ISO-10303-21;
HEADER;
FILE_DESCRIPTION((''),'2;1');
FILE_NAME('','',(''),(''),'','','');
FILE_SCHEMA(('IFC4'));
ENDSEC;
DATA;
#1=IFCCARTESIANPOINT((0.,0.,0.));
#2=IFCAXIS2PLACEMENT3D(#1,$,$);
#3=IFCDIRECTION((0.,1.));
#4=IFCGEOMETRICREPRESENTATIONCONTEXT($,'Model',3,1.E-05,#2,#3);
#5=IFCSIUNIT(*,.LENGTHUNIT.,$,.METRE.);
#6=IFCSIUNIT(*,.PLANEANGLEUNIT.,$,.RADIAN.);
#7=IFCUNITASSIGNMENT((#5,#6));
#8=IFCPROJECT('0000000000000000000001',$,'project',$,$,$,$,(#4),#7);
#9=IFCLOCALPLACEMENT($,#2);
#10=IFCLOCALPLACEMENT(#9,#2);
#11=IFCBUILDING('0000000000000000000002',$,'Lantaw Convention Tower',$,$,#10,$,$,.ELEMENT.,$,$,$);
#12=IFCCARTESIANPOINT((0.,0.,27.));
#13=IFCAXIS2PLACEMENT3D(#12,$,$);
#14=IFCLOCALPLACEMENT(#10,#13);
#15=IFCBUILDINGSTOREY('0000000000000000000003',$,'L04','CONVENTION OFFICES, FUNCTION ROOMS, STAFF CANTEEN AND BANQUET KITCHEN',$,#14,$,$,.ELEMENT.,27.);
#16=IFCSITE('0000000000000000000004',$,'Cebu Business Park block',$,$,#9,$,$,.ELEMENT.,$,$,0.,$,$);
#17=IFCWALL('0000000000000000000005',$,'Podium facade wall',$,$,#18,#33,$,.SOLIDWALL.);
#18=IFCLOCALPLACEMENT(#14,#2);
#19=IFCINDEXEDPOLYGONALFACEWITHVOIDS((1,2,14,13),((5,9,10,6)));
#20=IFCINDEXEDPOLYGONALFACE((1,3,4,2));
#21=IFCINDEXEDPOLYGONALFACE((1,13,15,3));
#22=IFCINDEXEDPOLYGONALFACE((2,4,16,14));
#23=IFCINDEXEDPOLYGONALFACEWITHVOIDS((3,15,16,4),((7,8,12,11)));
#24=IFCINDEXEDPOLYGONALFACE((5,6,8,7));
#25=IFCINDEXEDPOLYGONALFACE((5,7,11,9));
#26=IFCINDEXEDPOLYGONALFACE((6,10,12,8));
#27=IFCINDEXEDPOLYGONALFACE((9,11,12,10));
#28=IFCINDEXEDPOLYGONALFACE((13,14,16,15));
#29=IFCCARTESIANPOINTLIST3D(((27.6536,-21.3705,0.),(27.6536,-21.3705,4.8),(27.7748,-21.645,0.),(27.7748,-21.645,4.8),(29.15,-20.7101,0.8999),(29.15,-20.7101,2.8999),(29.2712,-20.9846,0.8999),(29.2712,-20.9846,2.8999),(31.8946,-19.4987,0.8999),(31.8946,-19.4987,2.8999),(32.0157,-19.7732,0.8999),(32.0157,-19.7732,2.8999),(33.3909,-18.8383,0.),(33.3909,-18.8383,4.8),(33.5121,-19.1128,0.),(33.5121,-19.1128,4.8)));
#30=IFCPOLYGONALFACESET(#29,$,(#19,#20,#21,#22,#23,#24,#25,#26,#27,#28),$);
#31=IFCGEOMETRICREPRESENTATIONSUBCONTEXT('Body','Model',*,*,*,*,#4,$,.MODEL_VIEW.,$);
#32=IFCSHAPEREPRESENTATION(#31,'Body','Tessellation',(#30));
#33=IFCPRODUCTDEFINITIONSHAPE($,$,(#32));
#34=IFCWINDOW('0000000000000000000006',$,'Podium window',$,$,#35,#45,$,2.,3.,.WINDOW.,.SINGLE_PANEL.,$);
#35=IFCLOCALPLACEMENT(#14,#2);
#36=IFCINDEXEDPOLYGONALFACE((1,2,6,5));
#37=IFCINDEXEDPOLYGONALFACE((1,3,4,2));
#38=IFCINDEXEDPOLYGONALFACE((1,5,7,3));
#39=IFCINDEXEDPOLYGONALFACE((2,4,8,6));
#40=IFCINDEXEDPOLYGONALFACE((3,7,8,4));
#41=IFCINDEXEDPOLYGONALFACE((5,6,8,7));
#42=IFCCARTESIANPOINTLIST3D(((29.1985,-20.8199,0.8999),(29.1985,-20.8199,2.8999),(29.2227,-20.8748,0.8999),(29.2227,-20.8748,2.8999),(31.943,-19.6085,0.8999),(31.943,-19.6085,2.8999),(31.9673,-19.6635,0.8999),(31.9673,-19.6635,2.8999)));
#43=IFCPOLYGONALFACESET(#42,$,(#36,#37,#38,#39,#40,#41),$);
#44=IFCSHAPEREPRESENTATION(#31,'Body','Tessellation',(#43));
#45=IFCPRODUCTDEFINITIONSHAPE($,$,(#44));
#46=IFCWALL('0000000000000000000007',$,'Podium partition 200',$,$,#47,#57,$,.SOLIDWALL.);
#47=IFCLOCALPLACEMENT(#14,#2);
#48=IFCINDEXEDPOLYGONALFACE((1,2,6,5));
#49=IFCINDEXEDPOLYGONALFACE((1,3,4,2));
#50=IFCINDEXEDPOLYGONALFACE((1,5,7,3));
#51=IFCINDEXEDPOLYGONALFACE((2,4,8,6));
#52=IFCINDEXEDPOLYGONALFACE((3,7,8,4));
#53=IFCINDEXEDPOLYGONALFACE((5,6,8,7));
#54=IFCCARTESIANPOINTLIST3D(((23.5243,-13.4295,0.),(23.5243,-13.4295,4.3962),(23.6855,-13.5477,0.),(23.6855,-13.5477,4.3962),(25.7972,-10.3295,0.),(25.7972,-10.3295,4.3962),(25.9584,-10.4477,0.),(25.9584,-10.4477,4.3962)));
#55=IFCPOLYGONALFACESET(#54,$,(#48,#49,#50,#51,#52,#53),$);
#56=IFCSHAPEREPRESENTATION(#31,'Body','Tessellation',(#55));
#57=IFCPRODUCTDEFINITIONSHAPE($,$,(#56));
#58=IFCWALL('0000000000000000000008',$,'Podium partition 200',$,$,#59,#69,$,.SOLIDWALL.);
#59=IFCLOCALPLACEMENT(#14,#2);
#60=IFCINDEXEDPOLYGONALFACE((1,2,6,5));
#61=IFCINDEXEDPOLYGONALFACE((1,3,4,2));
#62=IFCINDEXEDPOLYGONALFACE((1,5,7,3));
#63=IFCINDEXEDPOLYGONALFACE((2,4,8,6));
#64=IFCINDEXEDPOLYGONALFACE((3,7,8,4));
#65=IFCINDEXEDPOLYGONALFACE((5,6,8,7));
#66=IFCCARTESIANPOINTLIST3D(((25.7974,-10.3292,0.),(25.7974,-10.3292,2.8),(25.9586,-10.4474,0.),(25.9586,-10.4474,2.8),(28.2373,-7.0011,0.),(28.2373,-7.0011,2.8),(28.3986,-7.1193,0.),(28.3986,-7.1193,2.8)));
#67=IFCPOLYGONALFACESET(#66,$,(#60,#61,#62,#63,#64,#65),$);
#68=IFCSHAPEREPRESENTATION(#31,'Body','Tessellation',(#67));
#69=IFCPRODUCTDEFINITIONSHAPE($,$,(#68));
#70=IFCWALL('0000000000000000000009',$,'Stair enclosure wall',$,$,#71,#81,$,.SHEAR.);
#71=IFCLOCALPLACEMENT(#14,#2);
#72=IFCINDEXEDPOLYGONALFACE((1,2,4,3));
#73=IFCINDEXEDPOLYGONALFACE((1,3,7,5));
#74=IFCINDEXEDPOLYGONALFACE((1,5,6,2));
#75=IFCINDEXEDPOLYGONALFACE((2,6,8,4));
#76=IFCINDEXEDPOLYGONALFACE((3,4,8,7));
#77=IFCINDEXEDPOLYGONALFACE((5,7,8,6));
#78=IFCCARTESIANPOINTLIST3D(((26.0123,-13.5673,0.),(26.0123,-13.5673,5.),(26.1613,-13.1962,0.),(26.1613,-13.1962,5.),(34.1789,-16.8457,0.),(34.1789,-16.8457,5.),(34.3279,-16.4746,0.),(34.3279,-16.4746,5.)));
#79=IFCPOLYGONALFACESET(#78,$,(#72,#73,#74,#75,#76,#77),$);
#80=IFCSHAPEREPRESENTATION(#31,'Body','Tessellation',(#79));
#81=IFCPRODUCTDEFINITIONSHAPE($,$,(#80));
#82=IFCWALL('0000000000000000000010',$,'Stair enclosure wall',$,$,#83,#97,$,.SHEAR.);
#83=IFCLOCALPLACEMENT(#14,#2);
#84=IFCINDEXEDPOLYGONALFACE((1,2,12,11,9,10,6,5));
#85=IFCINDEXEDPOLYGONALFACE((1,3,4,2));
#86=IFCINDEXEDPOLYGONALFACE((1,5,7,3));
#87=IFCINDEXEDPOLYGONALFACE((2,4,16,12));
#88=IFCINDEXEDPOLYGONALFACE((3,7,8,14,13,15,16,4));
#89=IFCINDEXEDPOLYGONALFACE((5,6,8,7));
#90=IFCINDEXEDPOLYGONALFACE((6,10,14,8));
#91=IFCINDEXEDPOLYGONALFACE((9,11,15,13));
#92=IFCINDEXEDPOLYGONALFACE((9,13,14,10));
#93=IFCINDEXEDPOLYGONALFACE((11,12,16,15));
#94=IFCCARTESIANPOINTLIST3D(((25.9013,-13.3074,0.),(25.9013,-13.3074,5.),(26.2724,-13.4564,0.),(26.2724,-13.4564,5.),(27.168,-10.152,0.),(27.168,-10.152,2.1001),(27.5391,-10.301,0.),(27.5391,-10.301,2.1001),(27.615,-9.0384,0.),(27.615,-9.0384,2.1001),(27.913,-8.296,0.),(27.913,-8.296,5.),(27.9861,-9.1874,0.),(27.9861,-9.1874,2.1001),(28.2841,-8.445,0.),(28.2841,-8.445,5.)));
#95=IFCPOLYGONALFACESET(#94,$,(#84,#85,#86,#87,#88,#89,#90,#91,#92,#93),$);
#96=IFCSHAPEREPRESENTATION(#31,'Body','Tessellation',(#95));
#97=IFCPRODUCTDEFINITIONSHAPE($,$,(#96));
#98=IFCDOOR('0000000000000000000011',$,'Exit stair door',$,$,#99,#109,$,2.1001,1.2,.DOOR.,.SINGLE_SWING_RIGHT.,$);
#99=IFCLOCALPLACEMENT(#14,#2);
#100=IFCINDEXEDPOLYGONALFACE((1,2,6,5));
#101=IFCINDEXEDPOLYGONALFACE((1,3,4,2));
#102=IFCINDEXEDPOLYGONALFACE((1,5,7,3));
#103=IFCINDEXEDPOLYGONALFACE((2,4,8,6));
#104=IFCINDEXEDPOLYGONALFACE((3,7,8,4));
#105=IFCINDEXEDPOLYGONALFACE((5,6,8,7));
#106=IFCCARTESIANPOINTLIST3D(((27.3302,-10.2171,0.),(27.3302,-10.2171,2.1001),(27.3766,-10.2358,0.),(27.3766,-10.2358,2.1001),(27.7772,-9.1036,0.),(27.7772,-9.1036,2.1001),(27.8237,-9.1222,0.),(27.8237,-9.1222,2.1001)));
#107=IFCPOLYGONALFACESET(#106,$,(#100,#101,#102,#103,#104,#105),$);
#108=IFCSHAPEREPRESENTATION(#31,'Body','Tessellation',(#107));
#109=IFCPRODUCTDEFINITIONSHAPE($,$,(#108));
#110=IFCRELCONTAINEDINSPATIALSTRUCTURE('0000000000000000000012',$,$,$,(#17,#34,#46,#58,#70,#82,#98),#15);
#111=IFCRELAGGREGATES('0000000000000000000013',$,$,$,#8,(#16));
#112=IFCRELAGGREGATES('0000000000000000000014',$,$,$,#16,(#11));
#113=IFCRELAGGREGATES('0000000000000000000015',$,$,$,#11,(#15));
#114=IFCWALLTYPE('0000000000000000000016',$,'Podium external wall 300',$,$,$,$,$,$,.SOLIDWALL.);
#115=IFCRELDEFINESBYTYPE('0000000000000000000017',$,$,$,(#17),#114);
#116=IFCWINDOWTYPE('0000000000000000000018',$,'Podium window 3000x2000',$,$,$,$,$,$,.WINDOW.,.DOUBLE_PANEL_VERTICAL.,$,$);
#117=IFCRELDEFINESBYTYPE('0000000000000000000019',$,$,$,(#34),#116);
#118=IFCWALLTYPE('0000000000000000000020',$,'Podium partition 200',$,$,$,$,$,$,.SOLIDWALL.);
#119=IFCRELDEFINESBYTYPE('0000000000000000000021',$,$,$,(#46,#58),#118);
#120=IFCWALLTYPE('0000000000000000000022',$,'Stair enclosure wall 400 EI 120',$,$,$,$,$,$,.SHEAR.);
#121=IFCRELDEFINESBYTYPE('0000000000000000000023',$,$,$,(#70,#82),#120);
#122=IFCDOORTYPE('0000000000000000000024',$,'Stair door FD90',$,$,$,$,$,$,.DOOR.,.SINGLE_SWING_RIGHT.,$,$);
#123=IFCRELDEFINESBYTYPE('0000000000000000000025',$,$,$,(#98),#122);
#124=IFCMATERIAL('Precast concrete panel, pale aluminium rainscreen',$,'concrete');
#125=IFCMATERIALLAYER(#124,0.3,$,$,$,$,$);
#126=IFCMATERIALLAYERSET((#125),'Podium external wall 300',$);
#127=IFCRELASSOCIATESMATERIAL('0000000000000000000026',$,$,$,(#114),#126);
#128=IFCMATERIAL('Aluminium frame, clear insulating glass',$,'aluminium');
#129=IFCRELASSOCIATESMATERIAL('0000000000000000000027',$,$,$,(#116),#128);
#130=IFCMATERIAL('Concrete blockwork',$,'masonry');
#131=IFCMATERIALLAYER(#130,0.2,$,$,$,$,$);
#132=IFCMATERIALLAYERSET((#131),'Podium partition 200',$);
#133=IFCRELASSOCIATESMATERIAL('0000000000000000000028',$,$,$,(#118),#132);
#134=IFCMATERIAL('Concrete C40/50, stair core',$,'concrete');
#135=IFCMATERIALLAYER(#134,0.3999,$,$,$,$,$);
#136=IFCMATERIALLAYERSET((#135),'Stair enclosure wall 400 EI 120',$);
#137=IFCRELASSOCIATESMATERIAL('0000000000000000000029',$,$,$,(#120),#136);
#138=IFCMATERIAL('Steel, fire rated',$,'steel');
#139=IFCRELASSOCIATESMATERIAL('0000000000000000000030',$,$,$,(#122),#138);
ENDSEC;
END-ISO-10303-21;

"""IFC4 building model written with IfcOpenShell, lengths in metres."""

from ifc_helpers import new_model, si_unit, direction, frame, frame_2d, origin, place, context, subcontext, project, spatial, rectangle, extrude, material, layer, layer_set, type_object, element, fill, save


model = new_model("IFC4")

# Units and contexts
model_context = context("Model", 3, precision=1e-05, world=origin(), true_north=direction((0.0, 1.0)))
body_context = subcontext(model_context, "Body", "Model", "MODEL_VIEW")
ifc_project = project(units=[si_unit("LENGTHUNIT", "METRE"), si_unit("PLANEANGLEUNIT", "RADIAN")], contexts=[model_context])

# Site, building, storey
site_placement = place(None, origin())
site = spatial("IfcSite", under=ifc_project, at=site_placement, Name="Cebu Business Park block", CompositionType="ELEMENT", RefElevation=0.0)
building_placement = place(site_placement, origin())
building = spatial("IfcBuilding", under=site, at=building_placement, Name="Lantaw Convention Tower", CompositionType="ELEMENT")
storey_placement = place(building_placement, frame((0.0, 0.0, 27.0)))
storey = spatial("IfcBuildingStorey", under=building, at=storey_placement, Name="L04", Description="CONVENTION OFFICES, FUNCTION ROOMS, STAFF CANTEEN AND BANQUET KITCHEN", CompositionType="ELEMENT", Elevation=27.0)

# Wall, opening, window
ifc_material_1 = material(Name="Precast concrete panel, pale aluminium rainscreen", Category="concrete")
ifc_layer_1 = layer(ifc_material_1, 0.3)
ifc_layer_set_1 = layer_set([ifc_layer_1], Name="Podium external wall 300")
wall_type_1 = type_object("IfcWallType", Name="Podium external wall 300", PredefinedType="SOLIDWALL", material=ifc_layer_set_1)
wall_1_placement = place(storey_placement, frame((27.7141, -21.5078, 0.0), z_axis=(0.0, 0.0, 1.0), x_axis=(0.914855, 0.403782, 0.0)))
wall_1 = element("IfcWall", 1, at=wall_1_placement, inside=storey, type_object=wall_type_1, Name="Podium facade wall", PredefinedType="SOLIDWALL", context=body_context, shape_type="SweptSolid", body=[
    extrude(rectangle(XDim=6.2712, YDim=0.3, at=frame_2d((3.1357, 0.0))), origin(), (0.0, 0.0, 1.0), 4.8),
])
opening_1_placement = place(wall_1_placement, frame((1.6357, 0.0, 0.8999)))
opening_1 = element("IfcOpeningElement", 2, at=opening_1_placement, cuts=wall_1, PredefinedType="OPENING", context=body_context, shape_type="SweptSolid", body=[
    extrude(rectangle(XDim=3.0, YDim=2.0, at=frame_2d((1.5, 1.0))), frame((0.0, 0.1599, 0.0), z_axis=(0.0, -1.0, 0.0), x_axis=(1.0, 0.0, 0.0)), (0.0, 0.0, 1.0), 0.3201),
])
ifc_material_2 = material(Name="Aluminium frame, clear insulating glass", Category="aluminium")
window_type = type_object("IfcWindowType", Name="Podium window 3000x2000", PartitioningType="DOUBLE_PANEL_VERTICAL", PredefinedType="WINDOW", material=ifc_material_2)
window_placement = place(opening_1_placement, origin())
window = element("IfcWindow", 3, at=window_placement, inside=storey, type_object=window_type, Name="Podium window", OverallHeight=2.0, OverallWidth=3.0, PartitioningType="SINGLE_PANEL", PredefinedType="WINDOW", context=body_context, shape_type="SweptSolid", body=[
    extrude(rectangle(XDim=3.0, YDim=2.0, at=frame_2d((1.5, 1.0))), frame((0.0, 0.03, 0.0), z_axis=(0.0, -1.0, 0.0), x_axis=(1.0, 0.0, 0.0)), (0.0, 0.0, 1.0), 0.0601),
])
fill(opening_1, window)

# Walls
ifc_material_3 = material(Name="Concrete blockwork", Category="masonry")
ifc_layer_2 = layer(ifc_material_3, 0.2)
ifc_layer_set_2 = layer_set([ifc_layer_2], Name="Podium partition 200")
wall_type_2 = type_object("IfcWallType", Name="Podium partition 200", PredefinedType="SOLIDWALL", material=ifc_layer_set_2)
wall_2_placement = place(storey_placement, frame((23.605, -13.4885, 0.0), z_axis=(0.0, 0.0, 1.0), x_axis=(0.591287, 0.806462, 0.0)))
element("IfcWall", 4, at=wall_2_placement, inside=storey, type_object=wall_type_2, Name="Podium partition 200", PredefinedType="SOLIDWALL", context=body_context, shape_type="SweptSolid", body=[
    extrude(rectangle(XDim=3.844, YDim=0.2, at=frame_2d((1.9219, 0.0))), origin(), (0.0, 0.0, 1.0), 4.3962),
])
wall_3_placement = place(storey_placement, frame((25.8779, -10.3884, 0.0), z_axis=(0.0, 0.0, 1.0), x_axis=(0.591256, 0.806484, 0.0)))
element("IfcWall", 5, at=wall_3_placement, inside=storey, type_object=wall_type_2, Name="Podium partition 200", PredefinedType="SOLIDWALL", context=body_context, shape_type="SweptSolid", body=[
    extrude(rectangle(XDim=4.1267, YDim=0.2, at=frame_2d((2.0635, 0.0))), origin(), (0.0, 0.0, 1.0), 2.8),
])

# Wall
ifc_material_4 = material(Name="Concrete C40/50, stair core", Category="concrete")
ifc_layer_3 = layer(ifc_material_4, 0.3999)
ifc_layer_set_3 = layer_set([ifc_layer_3], Name="Stair enclosure wall 400 EI 120")
wall_type_3 = type_object("IfcWallType", Name="Stair enclosure wall 400 EI 120", PredefinedType="SHEAR", material=ifc_layer_set_3)
wall_4_placement = place(storey_placement, frame((26.0869, -13.3818, 0.0), z_axis=(0.0, 0.0, 1.0), x_axis=(0.928017, -0.372538, 0.0)))
element("IfcWall", 6, at=wall_4_placement, inside=storey, type_object=wall_type_3, Name="Stair enclosure wall", PredefinedType="SHEAR", context=body_context, shape_type="SweptSolid", body=[
    extrude(rectangle(XDim=8.8, YDim=0.3999, at=frame_2d((4.3999, 0.0))), origin(), (0.0, 0.0, 1.0), 5.0),
])

# Wall, opening, door
wall_5_placement = place(storey_placement, frame((28.0986, -8.3704, 0.0), z_axis=(0.0, 0.0, 1.0), x_axis=(-0.372528, -0.928021, 0.0)))
wall_5 = element("IfcWall", 7, at=wall_5_placement, inside=storey, type_object=wall_type_3, Name="Stair enclosure wall", PredefinedType="SHEAR", context=body_context, shape_type="SweptSolid", body=[
    extrude(rectangle(XDim=5.4001, YDim=0.3999, at=frame_2d((2.7002, 0.0))), origin(), (0.0, 0.0, 1.0), 5.0),
])
opening_2_placement = place(wall_5_placement, frame((0.8, 0.0, 0.0)))
opening_2 = element("IfcOpeningElement", 8, at=opening_2_placement, cuts=wall_5, PredefinedType="OPENING", context=body_context, shape_type="SweptSolid", body=[
    extrude(rectangle(XDim=1.2, YDim=2.1001, at=frame_2d((0.6001, 1.05))), frame((0.0, 0.21, 0.0), z_axis=(0.0, -1.0, 0.0), x_axis=(1.0, 0.0, 0.0)), (0.0, 0.0, 1.0), 0.4199),
])
ifc_material_5 = material(Name="Steel, fire rated", Category="steel")
door_type_1 = type_object("IfcDoorType", Name="Stair door FD90", OperationType="SINGLE_SWING_RIGHT", PredefinedType="DOOR", material=ifc_material_5)
door_1_placement = place(opening_2_placement, origin())
door_1 = element("IfcDoor", 9, at=door_1_placement, inside=storey, type_object=door_type_1, Name="Exit stair door", OperationType="SINGLE_SWING_RIGHT", OverallHeight=2.1001, OverallWidth=1.2, PredefinedType="DOOR", context=body_context, shape_type="SweptSolid", body=[
    extrude(rectangle(XDim=1.2, YDim=2.1001, at=frame_2d((0.6001, 1.05))), frame((0.0, 0.0249, 0.0), z_axis=(0.0, -1.0, 0.0), x_axis=(1.0, 0.0, 0.0)), (0.0, 0.0, 1.0), 0.05),
])
fill(opening_2, door_1)

save(model, "model.ifc")
